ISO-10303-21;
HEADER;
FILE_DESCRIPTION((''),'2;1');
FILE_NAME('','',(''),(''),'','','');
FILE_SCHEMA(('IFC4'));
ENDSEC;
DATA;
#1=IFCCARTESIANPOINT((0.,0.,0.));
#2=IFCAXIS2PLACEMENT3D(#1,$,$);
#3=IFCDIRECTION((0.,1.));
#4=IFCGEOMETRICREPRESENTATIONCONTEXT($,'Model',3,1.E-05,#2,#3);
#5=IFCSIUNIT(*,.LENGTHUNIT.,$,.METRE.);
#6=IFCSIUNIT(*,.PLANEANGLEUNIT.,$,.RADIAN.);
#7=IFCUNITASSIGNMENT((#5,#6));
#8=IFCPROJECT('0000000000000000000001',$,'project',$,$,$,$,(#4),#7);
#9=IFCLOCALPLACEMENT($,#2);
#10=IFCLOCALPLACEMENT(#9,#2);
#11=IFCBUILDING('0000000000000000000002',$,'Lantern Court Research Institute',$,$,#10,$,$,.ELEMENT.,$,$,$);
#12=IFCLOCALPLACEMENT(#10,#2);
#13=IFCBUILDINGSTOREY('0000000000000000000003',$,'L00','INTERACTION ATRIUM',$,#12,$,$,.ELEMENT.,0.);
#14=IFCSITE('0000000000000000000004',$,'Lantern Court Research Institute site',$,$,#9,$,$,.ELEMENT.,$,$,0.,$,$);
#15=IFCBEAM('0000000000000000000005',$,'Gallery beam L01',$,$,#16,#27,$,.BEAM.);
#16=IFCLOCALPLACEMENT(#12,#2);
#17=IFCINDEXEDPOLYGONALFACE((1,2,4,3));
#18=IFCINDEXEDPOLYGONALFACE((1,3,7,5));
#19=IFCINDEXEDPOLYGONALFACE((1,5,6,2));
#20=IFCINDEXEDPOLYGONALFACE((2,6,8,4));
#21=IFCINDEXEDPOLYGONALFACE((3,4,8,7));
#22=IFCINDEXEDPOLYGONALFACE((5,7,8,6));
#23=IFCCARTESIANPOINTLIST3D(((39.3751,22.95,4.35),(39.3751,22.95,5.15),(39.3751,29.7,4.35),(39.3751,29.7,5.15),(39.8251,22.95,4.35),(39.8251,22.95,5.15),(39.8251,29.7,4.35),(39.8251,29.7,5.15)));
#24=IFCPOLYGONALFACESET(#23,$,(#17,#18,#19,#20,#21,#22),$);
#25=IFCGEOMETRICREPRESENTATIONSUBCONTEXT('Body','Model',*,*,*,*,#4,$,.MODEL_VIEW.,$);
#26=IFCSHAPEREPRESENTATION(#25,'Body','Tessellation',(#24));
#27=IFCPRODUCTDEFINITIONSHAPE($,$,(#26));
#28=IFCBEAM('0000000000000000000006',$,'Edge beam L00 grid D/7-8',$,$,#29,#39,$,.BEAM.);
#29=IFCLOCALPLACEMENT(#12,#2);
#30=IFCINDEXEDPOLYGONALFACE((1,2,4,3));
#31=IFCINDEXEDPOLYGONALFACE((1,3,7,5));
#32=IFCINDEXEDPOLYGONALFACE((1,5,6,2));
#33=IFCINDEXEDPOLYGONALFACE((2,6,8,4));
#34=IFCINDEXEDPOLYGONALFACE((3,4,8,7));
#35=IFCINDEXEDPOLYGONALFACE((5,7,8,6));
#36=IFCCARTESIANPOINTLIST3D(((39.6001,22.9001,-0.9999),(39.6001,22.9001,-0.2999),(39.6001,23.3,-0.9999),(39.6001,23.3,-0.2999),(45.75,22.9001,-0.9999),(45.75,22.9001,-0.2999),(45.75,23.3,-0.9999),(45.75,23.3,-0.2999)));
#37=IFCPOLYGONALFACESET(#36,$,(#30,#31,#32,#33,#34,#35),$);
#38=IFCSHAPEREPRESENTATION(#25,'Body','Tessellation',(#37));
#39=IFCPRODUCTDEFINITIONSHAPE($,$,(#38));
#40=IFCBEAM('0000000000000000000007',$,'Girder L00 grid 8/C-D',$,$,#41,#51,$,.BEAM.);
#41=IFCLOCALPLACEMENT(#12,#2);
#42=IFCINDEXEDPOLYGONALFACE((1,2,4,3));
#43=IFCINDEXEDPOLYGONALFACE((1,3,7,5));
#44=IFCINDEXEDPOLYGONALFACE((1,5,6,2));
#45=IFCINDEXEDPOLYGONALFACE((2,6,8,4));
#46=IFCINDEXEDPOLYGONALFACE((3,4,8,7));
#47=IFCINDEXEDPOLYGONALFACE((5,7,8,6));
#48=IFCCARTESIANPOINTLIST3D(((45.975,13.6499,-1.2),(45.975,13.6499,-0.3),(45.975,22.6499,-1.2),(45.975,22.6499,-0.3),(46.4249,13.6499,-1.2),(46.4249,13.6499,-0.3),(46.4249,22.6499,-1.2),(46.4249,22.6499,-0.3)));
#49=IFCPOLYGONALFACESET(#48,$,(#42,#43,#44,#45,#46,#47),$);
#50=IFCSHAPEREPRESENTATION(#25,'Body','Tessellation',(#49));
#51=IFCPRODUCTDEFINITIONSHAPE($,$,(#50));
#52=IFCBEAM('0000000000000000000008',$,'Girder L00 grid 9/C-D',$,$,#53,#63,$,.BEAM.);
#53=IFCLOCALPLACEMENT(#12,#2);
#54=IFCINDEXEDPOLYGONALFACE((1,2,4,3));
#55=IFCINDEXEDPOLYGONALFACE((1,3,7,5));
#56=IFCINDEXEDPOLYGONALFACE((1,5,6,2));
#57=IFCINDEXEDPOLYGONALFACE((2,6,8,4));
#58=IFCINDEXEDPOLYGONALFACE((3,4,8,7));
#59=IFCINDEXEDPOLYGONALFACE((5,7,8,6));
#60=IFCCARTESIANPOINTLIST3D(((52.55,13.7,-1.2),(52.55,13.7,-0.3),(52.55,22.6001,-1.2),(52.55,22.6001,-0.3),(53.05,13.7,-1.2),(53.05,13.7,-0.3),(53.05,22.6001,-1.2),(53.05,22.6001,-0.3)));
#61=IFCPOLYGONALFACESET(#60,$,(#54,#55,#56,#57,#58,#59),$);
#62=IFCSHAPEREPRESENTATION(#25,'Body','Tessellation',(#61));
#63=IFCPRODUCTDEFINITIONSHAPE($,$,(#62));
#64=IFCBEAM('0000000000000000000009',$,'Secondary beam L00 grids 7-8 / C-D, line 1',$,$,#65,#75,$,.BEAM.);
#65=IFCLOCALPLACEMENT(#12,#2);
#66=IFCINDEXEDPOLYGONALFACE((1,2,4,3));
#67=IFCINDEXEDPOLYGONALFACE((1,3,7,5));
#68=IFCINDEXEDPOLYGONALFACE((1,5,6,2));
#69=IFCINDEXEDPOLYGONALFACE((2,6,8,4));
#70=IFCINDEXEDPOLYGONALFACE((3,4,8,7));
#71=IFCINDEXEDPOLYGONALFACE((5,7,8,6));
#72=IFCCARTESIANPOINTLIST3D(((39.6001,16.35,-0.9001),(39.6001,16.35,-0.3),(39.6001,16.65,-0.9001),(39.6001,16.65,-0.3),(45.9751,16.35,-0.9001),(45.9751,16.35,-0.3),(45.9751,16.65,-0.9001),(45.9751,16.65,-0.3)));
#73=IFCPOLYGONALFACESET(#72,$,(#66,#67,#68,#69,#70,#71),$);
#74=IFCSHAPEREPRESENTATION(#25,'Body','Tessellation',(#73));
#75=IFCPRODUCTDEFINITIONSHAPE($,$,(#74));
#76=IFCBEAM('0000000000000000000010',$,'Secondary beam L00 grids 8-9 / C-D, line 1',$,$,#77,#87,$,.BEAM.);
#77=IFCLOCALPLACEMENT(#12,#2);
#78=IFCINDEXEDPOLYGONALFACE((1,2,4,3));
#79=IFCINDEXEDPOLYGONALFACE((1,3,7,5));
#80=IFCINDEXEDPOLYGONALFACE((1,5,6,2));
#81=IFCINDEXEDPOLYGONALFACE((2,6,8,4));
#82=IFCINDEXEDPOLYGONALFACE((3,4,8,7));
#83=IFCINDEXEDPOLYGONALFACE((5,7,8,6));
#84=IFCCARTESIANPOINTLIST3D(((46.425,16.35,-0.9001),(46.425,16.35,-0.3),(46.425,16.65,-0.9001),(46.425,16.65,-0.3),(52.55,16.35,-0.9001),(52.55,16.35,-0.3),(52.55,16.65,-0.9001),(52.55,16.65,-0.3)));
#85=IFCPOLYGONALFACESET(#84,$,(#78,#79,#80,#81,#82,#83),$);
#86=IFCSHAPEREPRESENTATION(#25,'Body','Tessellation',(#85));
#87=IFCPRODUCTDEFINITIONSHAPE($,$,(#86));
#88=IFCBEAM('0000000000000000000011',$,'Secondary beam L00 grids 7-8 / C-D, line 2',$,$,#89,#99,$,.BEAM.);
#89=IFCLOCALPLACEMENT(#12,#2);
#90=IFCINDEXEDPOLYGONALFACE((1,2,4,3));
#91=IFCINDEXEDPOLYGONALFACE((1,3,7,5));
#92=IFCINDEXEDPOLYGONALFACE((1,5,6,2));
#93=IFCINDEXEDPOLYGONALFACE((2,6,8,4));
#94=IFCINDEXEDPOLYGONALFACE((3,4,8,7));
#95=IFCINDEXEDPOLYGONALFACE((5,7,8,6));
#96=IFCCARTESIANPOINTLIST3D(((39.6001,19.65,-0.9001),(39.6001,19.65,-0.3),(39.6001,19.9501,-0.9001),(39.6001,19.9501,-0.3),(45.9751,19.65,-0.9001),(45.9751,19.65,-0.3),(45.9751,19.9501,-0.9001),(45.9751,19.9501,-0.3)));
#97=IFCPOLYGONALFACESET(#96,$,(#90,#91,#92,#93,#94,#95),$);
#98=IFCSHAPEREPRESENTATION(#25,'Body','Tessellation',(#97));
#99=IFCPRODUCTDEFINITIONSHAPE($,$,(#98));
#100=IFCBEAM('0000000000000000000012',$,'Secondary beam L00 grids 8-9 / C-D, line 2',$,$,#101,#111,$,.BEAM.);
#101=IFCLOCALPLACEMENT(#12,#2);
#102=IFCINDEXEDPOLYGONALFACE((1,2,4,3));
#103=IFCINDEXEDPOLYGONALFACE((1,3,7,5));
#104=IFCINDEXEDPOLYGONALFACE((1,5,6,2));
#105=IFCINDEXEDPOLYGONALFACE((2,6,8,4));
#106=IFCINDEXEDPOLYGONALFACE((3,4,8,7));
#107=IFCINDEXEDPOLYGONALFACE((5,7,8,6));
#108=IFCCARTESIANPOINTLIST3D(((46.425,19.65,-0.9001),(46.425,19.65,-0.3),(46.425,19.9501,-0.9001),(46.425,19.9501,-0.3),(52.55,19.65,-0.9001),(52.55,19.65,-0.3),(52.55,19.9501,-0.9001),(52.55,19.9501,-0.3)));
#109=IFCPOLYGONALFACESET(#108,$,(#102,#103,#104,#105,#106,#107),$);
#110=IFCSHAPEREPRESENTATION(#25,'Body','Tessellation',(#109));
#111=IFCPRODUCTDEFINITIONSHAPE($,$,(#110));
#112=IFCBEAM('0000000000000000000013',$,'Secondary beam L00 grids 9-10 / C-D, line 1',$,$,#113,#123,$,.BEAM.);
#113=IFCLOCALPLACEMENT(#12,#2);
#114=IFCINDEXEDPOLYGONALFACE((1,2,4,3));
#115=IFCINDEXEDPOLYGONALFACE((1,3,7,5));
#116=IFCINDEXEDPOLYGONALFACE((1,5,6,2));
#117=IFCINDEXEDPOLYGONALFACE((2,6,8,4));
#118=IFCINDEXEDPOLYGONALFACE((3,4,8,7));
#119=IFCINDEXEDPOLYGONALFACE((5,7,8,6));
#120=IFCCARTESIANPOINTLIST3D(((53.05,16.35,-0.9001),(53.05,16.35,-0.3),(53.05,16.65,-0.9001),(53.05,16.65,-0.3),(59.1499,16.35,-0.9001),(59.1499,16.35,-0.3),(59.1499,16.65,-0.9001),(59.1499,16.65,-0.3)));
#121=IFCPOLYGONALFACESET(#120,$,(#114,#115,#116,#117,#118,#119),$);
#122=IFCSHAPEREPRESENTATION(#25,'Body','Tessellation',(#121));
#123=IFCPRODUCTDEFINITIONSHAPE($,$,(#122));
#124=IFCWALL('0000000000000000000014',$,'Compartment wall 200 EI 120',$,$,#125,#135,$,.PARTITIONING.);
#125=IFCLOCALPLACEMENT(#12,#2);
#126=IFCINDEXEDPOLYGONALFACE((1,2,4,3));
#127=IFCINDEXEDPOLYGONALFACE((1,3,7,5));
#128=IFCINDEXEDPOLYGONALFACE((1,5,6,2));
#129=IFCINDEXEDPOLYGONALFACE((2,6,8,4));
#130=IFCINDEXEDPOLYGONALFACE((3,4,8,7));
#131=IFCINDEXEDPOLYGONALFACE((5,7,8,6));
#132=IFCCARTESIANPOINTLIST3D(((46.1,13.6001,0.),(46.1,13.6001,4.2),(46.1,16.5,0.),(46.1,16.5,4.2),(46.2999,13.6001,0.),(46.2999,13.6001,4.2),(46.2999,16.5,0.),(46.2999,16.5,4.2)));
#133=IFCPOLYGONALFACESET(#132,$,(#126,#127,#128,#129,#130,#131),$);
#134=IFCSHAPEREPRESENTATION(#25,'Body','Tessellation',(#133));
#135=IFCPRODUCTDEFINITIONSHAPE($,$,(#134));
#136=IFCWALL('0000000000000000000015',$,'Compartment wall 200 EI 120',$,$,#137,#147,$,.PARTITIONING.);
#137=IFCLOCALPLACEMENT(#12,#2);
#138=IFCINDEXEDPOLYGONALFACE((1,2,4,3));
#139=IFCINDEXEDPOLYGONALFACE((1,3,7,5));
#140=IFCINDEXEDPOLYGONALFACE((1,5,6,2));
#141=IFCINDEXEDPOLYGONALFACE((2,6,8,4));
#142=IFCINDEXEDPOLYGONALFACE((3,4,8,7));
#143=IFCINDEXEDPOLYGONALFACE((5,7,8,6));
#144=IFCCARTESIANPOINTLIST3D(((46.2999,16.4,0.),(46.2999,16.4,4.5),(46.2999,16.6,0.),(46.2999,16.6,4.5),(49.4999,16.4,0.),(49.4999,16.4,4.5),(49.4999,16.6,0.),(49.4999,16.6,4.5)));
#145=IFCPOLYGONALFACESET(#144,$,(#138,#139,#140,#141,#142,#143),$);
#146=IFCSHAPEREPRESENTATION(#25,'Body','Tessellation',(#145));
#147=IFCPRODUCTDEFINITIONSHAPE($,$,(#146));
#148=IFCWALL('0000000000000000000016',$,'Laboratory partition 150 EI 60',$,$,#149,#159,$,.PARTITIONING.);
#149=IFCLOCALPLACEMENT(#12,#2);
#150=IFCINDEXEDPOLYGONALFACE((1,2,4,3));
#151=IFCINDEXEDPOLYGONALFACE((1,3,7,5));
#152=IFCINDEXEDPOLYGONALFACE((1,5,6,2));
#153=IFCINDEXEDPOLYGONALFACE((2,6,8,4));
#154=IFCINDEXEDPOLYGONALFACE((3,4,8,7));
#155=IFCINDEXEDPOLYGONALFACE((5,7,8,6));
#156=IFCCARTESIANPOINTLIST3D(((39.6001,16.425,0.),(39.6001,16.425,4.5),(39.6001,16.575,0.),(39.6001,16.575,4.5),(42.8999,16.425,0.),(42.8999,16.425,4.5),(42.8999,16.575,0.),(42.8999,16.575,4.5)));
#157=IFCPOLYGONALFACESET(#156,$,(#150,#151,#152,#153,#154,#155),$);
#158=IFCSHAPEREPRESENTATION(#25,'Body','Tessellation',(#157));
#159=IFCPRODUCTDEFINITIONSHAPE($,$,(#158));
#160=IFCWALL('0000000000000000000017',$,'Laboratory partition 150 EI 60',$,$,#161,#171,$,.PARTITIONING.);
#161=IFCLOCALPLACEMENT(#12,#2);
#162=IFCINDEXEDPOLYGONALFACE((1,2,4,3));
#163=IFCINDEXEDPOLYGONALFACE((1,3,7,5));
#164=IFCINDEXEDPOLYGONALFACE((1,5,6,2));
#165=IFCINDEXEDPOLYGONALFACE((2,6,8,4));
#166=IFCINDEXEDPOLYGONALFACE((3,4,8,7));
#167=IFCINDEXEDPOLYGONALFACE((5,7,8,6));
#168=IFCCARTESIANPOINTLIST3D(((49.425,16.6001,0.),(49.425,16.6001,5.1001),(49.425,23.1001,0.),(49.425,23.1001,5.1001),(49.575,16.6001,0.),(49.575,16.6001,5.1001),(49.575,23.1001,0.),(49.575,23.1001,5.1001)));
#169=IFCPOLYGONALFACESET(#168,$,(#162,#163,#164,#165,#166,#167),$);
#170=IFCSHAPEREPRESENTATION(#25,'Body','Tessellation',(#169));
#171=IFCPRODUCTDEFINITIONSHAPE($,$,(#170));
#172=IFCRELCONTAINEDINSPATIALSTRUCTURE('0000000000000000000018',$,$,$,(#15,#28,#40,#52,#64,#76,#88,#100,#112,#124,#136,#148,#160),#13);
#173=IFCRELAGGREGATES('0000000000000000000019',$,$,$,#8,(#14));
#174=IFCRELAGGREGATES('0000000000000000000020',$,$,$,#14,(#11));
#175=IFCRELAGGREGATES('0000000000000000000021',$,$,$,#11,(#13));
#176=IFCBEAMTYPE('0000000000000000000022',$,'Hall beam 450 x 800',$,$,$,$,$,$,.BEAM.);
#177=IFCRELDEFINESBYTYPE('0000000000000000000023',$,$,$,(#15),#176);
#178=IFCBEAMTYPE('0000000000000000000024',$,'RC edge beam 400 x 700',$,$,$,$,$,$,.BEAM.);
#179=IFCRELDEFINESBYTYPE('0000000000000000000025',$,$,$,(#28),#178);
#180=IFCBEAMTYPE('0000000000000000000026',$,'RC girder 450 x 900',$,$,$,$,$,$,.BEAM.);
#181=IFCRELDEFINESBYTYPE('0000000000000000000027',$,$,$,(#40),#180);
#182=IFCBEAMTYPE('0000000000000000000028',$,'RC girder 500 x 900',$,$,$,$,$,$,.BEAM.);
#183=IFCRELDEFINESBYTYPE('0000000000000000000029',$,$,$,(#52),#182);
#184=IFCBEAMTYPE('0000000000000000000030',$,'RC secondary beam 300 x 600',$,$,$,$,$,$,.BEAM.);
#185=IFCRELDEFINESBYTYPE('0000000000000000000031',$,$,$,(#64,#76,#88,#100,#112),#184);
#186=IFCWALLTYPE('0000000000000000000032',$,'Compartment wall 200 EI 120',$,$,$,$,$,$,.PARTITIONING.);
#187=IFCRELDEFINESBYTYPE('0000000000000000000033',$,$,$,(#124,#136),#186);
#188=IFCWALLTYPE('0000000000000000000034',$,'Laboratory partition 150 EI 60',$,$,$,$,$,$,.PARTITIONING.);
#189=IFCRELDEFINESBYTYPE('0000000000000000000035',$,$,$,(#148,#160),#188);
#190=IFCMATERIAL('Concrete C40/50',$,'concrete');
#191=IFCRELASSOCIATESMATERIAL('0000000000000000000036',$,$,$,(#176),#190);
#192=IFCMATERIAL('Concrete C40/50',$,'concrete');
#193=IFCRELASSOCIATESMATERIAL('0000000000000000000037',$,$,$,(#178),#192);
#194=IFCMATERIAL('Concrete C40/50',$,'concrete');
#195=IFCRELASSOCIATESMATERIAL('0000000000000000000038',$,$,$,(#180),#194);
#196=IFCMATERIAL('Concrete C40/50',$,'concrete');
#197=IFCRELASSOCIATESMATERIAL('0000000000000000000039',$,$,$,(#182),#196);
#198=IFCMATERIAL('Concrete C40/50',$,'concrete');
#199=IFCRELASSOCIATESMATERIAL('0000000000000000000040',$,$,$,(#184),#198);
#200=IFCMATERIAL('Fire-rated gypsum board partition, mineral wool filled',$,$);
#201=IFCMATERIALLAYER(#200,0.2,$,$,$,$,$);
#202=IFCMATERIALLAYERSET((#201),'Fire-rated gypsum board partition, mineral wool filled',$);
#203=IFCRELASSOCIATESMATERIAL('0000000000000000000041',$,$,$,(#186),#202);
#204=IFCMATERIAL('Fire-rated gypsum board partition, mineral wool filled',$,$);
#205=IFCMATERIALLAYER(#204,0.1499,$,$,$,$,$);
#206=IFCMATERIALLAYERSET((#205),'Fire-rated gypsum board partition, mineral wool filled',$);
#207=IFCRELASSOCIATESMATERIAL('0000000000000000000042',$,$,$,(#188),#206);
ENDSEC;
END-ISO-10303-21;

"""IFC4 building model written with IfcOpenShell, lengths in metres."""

from ifc_helpers import new_model, si_unit, direction, frame, frame_2d, origin, origin_2d, place, context, subcontext, project, spatial, rectangle, extrude, material, layer, layer_set, material_profile, profile_set, type_object, element, save


model = new_model("IFC4")

# Units and contexts
model_context = context("Model", 3, precision=1e-05, world=origin(), true_north=direction((0.0, 1.0)))
body_context = subcontext(model_context, "Body", "Model", "MODEL_VIEW")
ifc_project = project(units=[si_unit("LENGTHUNIT", "METRE"), si_unit("PLANEANGLEUNIT", "RADIAN")], contexts=[model_context])

# Site, building, storey
site_placement = place(None, origin())
site = spatial("IfcSite", under=ifc_project, at=site_placement, Name="Lantern Court Research Institute site", CompositionType="ELEMENT", RefElevation=0.0)
building_placement = place(site_placement, origin())
building = spatial("IfcBuilding", under=site, at=building_placement, Name="Lantern Court Research Institute", CompositionType="ELEMENT")
storey_placement = place(building_placement, origin())
storey = spatial("IfcBuildingStorey", under=building, at=storey_placement, Name="L00", Description="INTERACTION ATRIUM", CompositionType="ELEMENT", Elevation=0.0)

# Beams
ifc_material_1 = material(Name="Concrete C40/50", Category="concrete")
ifc_material_profile_1 = material_profile(ifc_material_1, rectangle(XDim=0.45, YDim=0.8, at=origin_2d()), Name="Hall beam 450 x 800")
ifc_profile_set_1 = profile_set([ifc_material_profile_1], Name="Concrete C40/50")
beam_type_1 = type_object("IfcBeamType", Name="Hall beam 450 x 800", PredefinedType="BEAM", material=ifc_profile_set_1)
beam_1_placement = place(storey_placement, frame((39.6001, 22.95, 4.75), z_axis=(0.0, 1.0, 0.0), x_axis=(-1.0, 0.0, 0.0)))
element("IfcBeam", 1, at=beam_1_placement, inside=storey, type_object=beam_type_1, Name="Gallery beam L01", PredefinedType="BEAM", context=body_context, shape_type="SweptSolid", body=[
    extrude(rectangle(XDim=0.45, YDim=0.8, at=origin_2d()), origin(), (0.0, 0.0, 1.0), 6.75),
])
ifc_material_2 = material(Name="Concrete C40/50", Category="concrete")
ifc_material_profile_2 = material_profile(ifc_material_2, rectangle(XDim=0.3999, YDim=0.7, at=origin_2d()), Name="RC beam 400 x 700")
ifc_profile_set_2 = profile_set([ifc_material_profile_2], Name="Concrete C40/50")
beam_type_2 = type_object("IfcBeamType", Name="RC edge beam 400 x 700", PredefinedType="BEAM", material=ifc_profile_set_2)
beam_2_placement = place(storey_placement, frame((39.6001, 23.1001, -0.6499), z_axis=(1.0, 0.0, 0.0), x_axis=(0.0, 1.0, 0.0)))
element("IfcBeam", 2, at=beam_2_placement, inside=storey, type_object=beam_type_2, Name="Edge beam L00 grid D/7-8", PredefinedType="BEAM", context=body_context, shape_type="SweptSolid", body=[
    extrude(rectangle(XDim=0.3999, YDim=0.7, at=origin_2d()), origin(), (0.0, 0.0, 1.0), 6.1499),
])
ifc_material_3 = material(Name="Concrete C40/50", Category="concrete")
ifc_material_profile_3 = material_profile(ifc_material_3, rectangle(XDim=0.45, YDim=0.8999, at=origin_2d()), Name="RC beam 450 x 900")
ifc_profile_set_3 = profile_set([ifc_material_profile_3], Name="Concrete C40/50")
beam_type_3 = type_object("IfcBeamType", Name="RC girder 450 x 900", PredefinedType="BEAM", material=ifc_profile_set_3)
beam_3_placement = place(storey_placement, frame((46.2, 13.6499, -0.75), z_axis=(0.0, 1.0, 0.0), x_axis=(-1.0, 0.0, 0.0)))
element("IfcBeam", 3, at=beam_3_placement, inside=storey, type_object=beam_type_3, Name="Girder L00 grid 8/C-D", PredefinedType="BEAM", context=body_context, shape_type="SweptSolid", body=[
    extrude(rectangle(XDim=0.45, YDim=0.8999, at=origin_2d()), origin(), (0.0, 0.0, 1.0), 9.0),
])
ifc_material_4 = material(Name="Concrete C40/50", Category="concrete")
ifc_material_profile_4 = material_profile(ifc_material_4, rectangle(XDim=0.5, YDim=0.8999, at=origin_2d()), Name="RC beam 500 x 900")
ifc_profile_set_4 = profile_set([ifc_material_profile_4], Name="Concrete C40/50")
beam_type_4 = type_object("IfcBeamType", Name="RC girder 500 x 900", PredefinedType="BEAM", material=ifc_profile_set_4)
beam_4_placement = place(storey_placement, frame((52.8, 13.7, -0.75), z_axis=(0.0, 1.0, 0.0), x_axis=(-1.0, 0.0, 0.0)))
element("IfcBeam", 4, at=beam_4_placement, inside=storey, type_object=beam_type_4, Name="Girder L00 grid 9/C-D", PredefinedType="BEAM", context=body_context, shape_type="SweptSolid", body=[
    extrude(rectangle(XDim=0.5, YDim=0.8999, at=origin_2d()), origin(), (0.0, 0.0, 1.0), 8.9001),
])
ifc_material_5 = material(Name="Concrete C40/50", Category="concrete")
ifc_material_profile_5 = material_profile(ifc_material_5, rectangle(XDim=0.3, YDim=0.6001, at=origin_2d()), Name="RC beam 300 x 600")
ifc_profile_set_5 = profile_set([ifc_material_profile_5], Name="Concrete C40/50")
beam_type_5 = type_object("IfcBeamType", Name="RC secondary beam 300 x 600", PredefinedType="BEAM", material=ifc_profile_set_5)
beam_5_placement = place(storey_placement, frame((39.6001, 16.5, -0.6001), z_axis=(1.0, 0.0, 0.0), x_axis=(0.0, 1.0, 0.0)))
element("IfcBeam", 5, at=beam_5_placement, inside=storey, type_object=beam_type_5, Name="Secondary beam L00 grids 7-8 / C-D, line 1", PredefinedType="BEAM", context=body_context, shape_type="SweptSolid", body=[
    extrude(rectangle(XDim=0.3, YDim=0.6001, at=origin_2d()), origin(), (0.0, 0.0, 1.0), 6.375),
])
beam_6_placement = place(storey_placement, frame((46.425, 16.5, -0.6001), z_axis=(1.0, 0.0, 0.0), x_axis=(0.0, 1.0, 0.0)))
element("IfcBeam", 6, at=beam_6_placement, inside=storey, type_object=beam_type_5, Name="Secondary beam L00 grids 8-9 / C-D, line 1", PredefinedType="BEAM", context=body_context, shape_type="SweptSolid", body=[
    extrude(rectangle(XDim=0.3, YDim=0.6001, at=origin_2d()), origin(), (0.0, 0.0, 1.0), 6.125),
])
beam_7_placement = place(storey_placement, frame((39.6001, 19.8, -0.6001), z_axis=(1.0, 0.0, 0.0), x_axis=(0.0, 1.0, 0.0)))
element("IfcBeam", 7, at=beam_7_placement, inside=storey, type_object=beam_type_5, Name="Secondary beam L00 grids 7-8 / C-D, line 2", PredefinedType="BEAM", context=body_context, shape_type="SweptSolid", body=[
    extrude(rectangle(XDim=0.3, YDim=0.6001, at=origin_2d()), origin(), (0.0, 0.0, 1.0), 6.375),
])
beam_8_placement = place(storey_placement, frame((46.425, 19.8, -0.6001), z_axis=(1.0, 0.0, 0.0), x_axis=(0.0, 1.0, 0.0)))
element("IfcBeam", 8, at=beam_8_placement, inside=storey, type_object=beam_type_5, Name="Secondary beam L00 grids 8-9 / C-D, line 2", PredefinedType="BEAM", context=body_context, shape_type="SweptSolid", body=[
    extrude(rectangle(XDim=0.3, YDim=0.6001, at=origin_2d()), origin(), (0.0, 0.0, 1.0), 6.125),
])
beam_9_placement = place(storey_placement, frame((53.05, 16.5, -0.6001), z_axis=(1.0, 0.0, 0.0), x_axis=(0.0, 1.0, 0.0)))
element("IfcBeam", 9, at=beam_9_placement, inside=storey, type_object=beam_type_5, Name="Secondary beam L00 grids 9-10 / C-D, line 1", PredefinedType="BEAM", context=body_context, shape_type="SweptSolid", body=[
    extrude(rectangle(XDim=0.3, YDim=0.6001, at=origin_2d()), origin(), (0.0, 0.0, 1.0), 6.0999),
])

# Walls
ifc_material_6 = material(Name="Fire-rated gypsum board partition, mineral wool filled")
ifc_layer_1 = layer(ifc_material_6, 0.2)
ifc_layer_set_1 = layer_set([ifc_layer_1], Name="Fire-rated gypsum board partition, mineral wool filled")
wall_type_1 = type_object("IfcWallType", Name="Compartment wall 200 EI 120", PredefinedType="PARTITIONING", material=ifc_layer_set_1)
wall_1_placement = place(storey_placement, frame((46.2, 13.6001, 0.0), z_axis=(0.0, 0.0, 1.0), x_axis=(0.0, 1.0, 0.0)))
element("IfcWall", 10, at=wall_1_placement, inside=storey, type_object=wall_type_1, Name="Compartment wall 200 EI 120", PredefinedType="PARTITIONING", context=body_context, shape_type="SweptSolid", body=[
    extrude(rectangle(XDim=2.8999, YDim=0.2, at=frame_2d((1.45, 0.0))), origin(), (0.0, 0.0, 1.0), 4.2),
])
wall_2_placement = place(storey_placement, frame((49.5, 16.5, 0.0), z_axis=(0.0, 0.0, 1.0), x_axis=(-1.0, 0.0, 0.0)))
element("IfcWall", 11, at=wall_2_placement, inside=storey, type_object=wall_type_1, Name="Compartment wall 200 EI 120", PredefinedType="PARTITIONING", context=body_context, shape_type="SweptSolid", body=[
    extrude(rectangle(XDim=3.2, YDim=0.2, at=frame_2d((1.6001, 0.0))), origin(), (0.0, 0.0, 1.0), 4.5),
])
ifc_material_7 = material(Name="Fire-rated gypsum board partition, mineral wool filled")
ifc_layer_2 = layer(ifc_material_7, 0.1499)
ifc_layer_set_2 = layer_set([ifc_layer_2], Name="Fire-rated gypsum board partition, mineral wool filled")
wall_type_2 = type_object("IfcWallType", Name="Laboratory partition 150 EI 60", PredefinedType="PARTITIONING", material=ifc_layer_set_2)
wall_3_placement = place(storey_placement, frame((42.8999, 16.5, 0.0), z_axis=(0.0, 0.0, 1.0), x_axis=(-1.0, 0.0, 0.0)))
element("IfcWall", 12, at=wall_3_placement, inside=storey, type_object=wall_type_2, Name="Laboratory partition 150 EI 60", PredefinedType="PARTITIONING", context=body_context, shape_type="SweptSolid", body=[
    extrude(rectangle(XDim=3.2998, YDim=0.1499, at=frame_2d((1.6499, 0.0))), origin(), (0.0, 0.0, 1.0), 4.5),
])
wall_4_placement = place(storey_placement, frame((49.5, 16.6001, 0.0), z_axis=(0.0, 0.0, 1.0), x_axis=(0.0, 1.0, 0.0)))
element("IfcWall", 13, at=wall_4_placement, inside=storey, type_object=wall_type_2, Name="Laboratory partition 150 EI 60", PredefinedType="PARTITIONING", context=body_context, shape_type="SweptSolid", body=[
    extrude(rectangle(XDim=6.5, YDim=0.1499, at=frame_2d((3.25, 0.0))), origin(), (0.0, 0.0, 1.0), 5.1001),
])

save(model, "model.ifc")
